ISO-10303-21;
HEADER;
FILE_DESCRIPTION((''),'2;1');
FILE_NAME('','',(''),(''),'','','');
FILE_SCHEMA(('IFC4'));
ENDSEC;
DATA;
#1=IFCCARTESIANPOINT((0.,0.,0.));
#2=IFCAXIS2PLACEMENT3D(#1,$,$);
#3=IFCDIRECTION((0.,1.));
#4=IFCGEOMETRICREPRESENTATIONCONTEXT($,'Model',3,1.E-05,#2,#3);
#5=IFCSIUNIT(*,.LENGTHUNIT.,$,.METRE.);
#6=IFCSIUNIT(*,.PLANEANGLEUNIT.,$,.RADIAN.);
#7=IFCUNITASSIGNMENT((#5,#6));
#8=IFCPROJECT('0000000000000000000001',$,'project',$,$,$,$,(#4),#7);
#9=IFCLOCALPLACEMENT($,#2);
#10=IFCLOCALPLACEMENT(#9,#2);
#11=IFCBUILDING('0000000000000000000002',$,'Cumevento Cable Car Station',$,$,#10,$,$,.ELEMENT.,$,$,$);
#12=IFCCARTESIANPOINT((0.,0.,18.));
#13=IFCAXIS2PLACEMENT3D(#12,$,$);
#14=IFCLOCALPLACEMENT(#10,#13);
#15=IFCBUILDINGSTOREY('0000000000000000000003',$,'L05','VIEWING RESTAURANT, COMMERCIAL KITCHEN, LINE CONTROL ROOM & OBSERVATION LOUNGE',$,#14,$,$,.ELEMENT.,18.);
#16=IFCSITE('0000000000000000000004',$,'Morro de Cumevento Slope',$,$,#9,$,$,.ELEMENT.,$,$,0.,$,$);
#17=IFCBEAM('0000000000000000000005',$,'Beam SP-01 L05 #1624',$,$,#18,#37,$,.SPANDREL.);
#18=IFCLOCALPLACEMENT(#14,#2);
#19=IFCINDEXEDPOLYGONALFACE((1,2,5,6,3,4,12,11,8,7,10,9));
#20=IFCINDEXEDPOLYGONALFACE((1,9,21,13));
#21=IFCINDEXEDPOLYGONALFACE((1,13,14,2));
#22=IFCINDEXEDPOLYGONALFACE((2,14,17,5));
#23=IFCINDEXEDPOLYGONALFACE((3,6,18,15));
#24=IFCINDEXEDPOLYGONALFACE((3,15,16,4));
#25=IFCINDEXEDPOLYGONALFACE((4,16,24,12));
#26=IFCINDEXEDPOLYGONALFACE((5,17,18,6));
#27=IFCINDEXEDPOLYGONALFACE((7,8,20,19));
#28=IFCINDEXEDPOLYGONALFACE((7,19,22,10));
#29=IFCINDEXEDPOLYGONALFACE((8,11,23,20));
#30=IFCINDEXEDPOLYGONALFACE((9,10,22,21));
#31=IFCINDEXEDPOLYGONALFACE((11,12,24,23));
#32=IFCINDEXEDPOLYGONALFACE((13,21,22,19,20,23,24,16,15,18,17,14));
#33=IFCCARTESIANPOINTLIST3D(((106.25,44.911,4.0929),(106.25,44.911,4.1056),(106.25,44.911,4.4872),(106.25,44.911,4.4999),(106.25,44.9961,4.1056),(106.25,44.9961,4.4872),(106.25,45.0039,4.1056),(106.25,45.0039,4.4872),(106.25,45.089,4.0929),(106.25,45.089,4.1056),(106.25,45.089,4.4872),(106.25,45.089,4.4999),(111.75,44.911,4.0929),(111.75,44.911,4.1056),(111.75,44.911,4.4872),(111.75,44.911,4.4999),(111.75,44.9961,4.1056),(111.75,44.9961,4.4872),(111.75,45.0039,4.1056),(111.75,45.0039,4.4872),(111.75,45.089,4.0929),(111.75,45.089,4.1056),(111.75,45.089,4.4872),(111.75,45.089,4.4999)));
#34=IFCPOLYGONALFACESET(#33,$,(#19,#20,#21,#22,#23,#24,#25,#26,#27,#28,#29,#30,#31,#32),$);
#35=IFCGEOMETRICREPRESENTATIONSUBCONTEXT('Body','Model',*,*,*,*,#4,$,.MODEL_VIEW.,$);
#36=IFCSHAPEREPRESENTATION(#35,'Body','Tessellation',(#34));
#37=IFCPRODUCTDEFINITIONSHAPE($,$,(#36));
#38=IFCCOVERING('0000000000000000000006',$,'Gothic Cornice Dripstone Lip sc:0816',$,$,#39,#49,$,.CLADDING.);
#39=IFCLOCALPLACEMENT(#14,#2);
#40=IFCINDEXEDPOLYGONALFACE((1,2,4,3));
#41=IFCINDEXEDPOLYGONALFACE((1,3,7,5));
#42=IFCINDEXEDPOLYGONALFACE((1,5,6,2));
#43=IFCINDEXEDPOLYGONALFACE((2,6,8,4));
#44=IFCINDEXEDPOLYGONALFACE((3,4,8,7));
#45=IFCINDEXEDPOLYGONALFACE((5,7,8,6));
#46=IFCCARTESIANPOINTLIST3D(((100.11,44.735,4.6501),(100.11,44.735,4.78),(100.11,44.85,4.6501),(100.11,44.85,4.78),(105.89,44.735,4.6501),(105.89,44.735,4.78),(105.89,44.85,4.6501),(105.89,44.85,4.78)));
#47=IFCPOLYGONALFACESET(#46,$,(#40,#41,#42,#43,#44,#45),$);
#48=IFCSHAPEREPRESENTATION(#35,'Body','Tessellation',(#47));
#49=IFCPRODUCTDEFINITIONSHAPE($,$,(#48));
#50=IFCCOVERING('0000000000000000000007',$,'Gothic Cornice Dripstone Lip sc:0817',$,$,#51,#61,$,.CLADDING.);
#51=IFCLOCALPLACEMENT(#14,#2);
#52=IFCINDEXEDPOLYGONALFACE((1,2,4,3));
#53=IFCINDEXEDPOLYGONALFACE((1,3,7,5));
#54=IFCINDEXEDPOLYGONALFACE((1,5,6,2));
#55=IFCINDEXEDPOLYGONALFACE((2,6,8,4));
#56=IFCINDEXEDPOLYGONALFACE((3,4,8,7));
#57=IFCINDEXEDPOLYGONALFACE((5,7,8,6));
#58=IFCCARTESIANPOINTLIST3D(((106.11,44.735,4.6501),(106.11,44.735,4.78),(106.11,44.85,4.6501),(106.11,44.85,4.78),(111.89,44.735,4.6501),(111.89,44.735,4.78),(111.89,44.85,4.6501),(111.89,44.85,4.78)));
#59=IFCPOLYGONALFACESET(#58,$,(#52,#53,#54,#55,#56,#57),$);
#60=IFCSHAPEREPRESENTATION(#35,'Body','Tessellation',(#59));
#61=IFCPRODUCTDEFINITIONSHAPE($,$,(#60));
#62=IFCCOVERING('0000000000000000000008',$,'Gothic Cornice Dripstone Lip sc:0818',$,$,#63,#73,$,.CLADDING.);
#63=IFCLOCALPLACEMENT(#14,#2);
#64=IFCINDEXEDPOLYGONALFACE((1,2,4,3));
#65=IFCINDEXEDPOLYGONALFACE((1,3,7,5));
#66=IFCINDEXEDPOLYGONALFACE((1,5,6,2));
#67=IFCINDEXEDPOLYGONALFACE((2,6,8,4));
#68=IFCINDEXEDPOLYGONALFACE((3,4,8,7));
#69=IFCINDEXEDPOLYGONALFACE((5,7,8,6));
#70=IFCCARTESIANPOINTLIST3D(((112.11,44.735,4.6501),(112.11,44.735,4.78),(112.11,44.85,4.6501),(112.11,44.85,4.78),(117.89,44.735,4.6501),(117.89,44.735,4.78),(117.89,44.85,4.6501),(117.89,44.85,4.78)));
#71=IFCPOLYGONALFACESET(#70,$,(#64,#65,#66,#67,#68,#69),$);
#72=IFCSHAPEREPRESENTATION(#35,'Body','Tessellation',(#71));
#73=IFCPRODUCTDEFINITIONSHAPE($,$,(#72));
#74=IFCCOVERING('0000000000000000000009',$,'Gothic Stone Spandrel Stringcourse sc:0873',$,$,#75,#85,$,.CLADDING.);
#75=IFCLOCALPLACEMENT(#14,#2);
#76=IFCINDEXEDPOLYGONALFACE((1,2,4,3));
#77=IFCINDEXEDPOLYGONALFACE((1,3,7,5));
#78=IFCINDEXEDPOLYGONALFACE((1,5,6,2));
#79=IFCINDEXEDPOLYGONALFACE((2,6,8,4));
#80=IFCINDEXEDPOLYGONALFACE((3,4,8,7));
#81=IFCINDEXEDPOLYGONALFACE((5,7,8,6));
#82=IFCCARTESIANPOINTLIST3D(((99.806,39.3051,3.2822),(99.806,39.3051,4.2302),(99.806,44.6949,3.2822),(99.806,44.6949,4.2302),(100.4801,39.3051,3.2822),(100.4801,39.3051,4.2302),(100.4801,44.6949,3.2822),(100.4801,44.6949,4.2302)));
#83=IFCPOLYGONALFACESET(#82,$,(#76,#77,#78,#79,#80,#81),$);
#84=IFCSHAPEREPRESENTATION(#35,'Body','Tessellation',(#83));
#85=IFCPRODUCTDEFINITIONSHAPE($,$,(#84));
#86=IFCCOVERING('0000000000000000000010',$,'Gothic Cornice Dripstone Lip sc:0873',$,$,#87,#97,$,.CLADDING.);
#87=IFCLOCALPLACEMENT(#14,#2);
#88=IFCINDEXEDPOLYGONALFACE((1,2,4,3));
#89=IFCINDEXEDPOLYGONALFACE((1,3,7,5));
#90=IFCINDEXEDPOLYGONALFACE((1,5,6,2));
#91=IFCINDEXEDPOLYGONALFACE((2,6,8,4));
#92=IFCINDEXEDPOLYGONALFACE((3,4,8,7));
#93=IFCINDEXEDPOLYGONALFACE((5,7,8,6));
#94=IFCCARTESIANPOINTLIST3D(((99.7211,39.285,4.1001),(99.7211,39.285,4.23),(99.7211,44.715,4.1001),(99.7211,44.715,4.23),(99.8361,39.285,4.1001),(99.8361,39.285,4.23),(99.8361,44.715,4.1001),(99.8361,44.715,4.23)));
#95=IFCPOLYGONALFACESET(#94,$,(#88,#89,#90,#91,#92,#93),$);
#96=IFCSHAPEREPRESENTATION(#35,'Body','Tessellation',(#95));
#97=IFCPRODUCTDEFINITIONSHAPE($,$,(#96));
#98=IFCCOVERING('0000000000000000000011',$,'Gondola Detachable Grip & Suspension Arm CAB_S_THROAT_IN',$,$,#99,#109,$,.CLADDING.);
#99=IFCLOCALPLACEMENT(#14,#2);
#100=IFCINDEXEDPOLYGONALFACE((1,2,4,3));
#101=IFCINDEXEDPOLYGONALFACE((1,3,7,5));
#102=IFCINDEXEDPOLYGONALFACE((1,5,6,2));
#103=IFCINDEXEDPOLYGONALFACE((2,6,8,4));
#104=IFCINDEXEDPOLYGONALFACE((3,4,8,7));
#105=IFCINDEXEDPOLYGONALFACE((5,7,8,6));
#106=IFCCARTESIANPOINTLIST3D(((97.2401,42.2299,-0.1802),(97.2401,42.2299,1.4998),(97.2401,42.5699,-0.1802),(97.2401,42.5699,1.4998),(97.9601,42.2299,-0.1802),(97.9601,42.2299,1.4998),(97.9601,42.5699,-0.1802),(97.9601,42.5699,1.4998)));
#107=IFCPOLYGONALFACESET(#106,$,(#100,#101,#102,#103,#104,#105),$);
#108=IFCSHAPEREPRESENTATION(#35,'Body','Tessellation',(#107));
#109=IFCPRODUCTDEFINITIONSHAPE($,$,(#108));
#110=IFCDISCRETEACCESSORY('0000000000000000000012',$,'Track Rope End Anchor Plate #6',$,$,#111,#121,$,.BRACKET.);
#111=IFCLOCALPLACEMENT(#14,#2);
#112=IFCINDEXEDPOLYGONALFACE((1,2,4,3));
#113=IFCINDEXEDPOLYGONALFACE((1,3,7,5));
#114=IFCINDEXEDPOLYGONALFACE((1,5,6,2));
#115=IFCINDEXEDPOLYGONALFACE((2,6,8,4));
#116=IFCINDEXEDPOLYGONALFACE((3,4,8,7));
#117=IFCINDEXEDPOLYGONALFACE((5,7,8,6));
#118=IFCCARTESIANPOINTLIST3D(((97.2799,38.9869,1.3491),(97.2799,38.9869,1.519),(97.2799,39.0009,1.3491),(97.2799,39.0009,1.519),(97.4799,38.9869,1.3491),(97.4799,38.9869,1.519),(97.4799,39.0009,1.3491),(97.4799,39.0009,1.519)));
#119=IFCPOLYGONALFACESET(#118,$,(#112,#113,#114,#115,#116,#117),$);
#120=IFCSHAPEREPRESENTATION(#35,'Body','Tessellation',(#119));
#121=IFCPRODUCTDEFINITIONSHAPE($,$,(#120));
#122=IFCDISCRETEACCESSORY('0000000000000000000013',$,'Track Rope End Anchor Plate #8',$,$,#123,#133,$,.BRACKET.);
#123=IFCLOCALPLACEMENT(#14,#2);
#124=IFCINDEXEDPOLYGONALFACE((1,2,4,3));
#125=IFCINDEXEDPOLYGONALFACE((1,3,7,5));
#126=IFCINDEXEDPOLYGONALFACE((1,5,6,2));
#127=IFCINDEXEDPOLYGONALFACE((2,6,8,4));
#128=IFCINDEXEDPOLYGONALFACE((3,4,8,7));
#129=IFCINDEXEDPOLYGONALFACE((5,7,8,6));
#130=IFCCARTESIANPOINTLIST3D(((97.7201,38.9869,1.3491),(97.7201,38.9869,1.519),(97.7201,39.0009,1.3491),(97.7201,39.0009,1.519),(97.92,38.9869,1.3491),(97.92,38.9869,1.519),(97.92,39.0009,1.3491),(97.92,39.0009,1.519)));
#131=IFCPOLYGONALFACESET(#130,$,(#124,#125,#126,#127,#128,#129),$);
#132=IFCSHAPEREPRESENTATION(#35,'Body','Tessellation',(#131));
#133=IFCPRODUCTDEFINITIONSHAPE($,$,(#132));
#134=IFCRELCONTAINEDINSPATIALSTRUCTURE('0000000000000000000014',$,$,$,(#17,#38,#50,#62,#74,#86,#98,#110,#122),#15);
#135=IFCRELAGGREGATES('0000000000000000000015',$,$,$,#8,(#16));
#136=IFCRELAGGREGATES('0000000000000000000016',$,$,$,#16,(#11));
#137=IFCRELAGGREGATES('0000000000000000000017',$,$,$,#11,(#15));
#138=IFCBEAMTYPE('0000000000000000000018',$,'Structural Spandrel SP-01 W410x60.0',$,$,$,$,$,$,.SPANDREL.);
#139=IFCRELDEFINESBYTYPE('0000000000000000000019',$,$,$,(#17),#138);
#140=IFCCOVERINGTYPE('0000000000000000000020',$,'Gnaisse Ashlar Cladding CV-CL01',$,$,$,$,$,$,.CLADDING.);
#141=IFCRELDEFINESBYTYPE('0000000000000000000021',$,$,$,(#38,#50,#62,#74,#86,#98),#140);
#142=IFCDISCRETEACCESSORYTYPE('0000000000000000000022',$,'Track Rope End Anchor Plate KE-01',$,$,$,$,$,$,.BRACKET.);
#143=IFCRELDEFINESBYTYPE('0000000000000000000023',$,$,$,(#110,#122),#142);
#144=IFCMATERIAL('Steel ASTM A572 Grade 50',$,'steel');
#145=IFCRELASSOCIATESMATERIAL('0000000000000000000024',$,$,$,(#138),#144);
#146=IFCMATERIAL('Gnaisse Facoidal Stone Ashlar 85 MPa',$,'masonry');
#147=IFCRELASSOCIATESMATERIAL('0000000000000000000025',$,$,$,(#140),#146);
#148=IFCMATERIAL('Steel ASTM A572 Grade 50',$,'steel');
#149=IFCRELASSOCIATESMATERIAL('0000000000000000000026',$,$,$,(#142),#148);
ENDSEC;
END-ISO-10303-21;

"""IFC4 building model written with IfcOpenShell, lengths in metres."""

from ifc_helpers import new_model, si_unit, direction, frame, origin, origin_2d, place, context, subcontext, project, spatial, rectangle, i_section, extrude, material, material_profile, profile_set, type_object, element, save


model = new_model("IFC4")

# Units and contexts
model_context = context("Model", 3, precision=1e-05, world=origin(), true_north=direction((0.0, 1.0)))
body_context = subcontext(model_context, "Body", "Model", "MODEL_VIEW")
ifc_project = project(units=[si_unit("LENGTHUNIT", "METRE"), si_unit("PLANEANGLEUNIT", "RADIAN")], contexts=[model_context])

# Site, building, storey
site_placement = place(None, origin())
site = spatial("IfcSite", under=ifc_project, at=site_placement, Name="Morro de Cumevento Slope", CompositionType="ELEMENT", RefElevation=0.0)
building_placement = place(site_placement, origin())
building = spatial("IfcBuilding", under=site, at=building_placement, Name="Cumevento Cable Car Station", CompositionType="ELEMENT")
storey_placement = place(building_placement, frame((0.0, 0.0, 18.0)))
storey = spatial("IfcBuildingStorey", under=building, at=storey_placement, Name="L05", Description="VIEWING RESTAURANT, COMMERCIAL KITCHEN, LINE CONTROL ROOM & OBSERVATION LOUNGE", CompositionType="ELEMENT", Elevation=18.0)

# Beam
ifc_material_1 = material(Name="Steel ASTM A572 Grade 50", Category="steel")
ifc_material_profile_1 = material_profile(ifc_material_1, i_section(OverallWidth=0.178, OverallDepth=0.407, WebThickness=0.0078, FlangeThickness=0.0127, at=origin_2d()), Name="W410x60.0")
ifc_profile_set_1 = profile_set([ifc_material_profile_1], Name="Steel ASTM A572 Grade 50")
beam_type_1 = type_object("IfcBeamType", Name="Structural Spandrel SP-01 W410x60.0", PredefinedType="SPANDREL", material=ifc_profile_set_1)
for number, where, z_axis, x_axis, name in (
    (1, (106.25, 45.0, 4.2964), (1.0, 0.0, 0.0), (0.0, 1.0, 0.0), "Beam SP-01 L05 #1624"),
):
    element("IfcBeam", number, at=place(storey_placement, frame(where, z_axis=z_axis, x_axis=x_axis)), inside=storey, type_object=beam_type_1, Name=name, PredefinedType="SPANDREL", context=body_context, shape_type="SweptSolid", body=[
        extrude(i_section(OverallWidth=0.178, OverallDepth=0.407, WebThickness=0.0078, FlangeThickness=0.0127, at=origin_2d()), origin(), (0.0, 0.0, 1.0), 5.5),
    ])

# Coverings
ifc_material_2 = material(Name="Gnaisse Facoidal Stone Ashlar 85 MPa", Category="masonry")
covering_type = type_object("IfcCoveringType", Name="Gnaisse Ashlar Cladding CV-CL01", PredefinedType="CLADDING", material=ifc_material_2)
for number, where, z_axis, x_axis, name in (
    (2, (103.0, 44.7925, 4.6501), (0.0, 0.0, 1.0), (-1.0, 0.0, 0.0), "Gothic Cornice Dripstone Lip sc:0816"),
    (3, (109.0, 44.7925, 4.6501), (0.0, 0.0, 1.0), (-1.0, 0.0, 0.0), "Gothic Cornice Dripstone Lip sc:0817"),
    (4, (115.0, 44.7925, 4.6501), (0.0, 0.0, 1.0), (-1.0, 0.0, 0.0), "Gothic Cornice Dripstone Lip sc:0818"),
):
    element("IfcCovering", number, at=place(storey_placement, frame(where, z_axis=z_axis, x_axis=x_axis)), inside=storey, type_object=covering_type, Name=name, PredefinedType="CLADDING", context=body_context, shape_type="SweptSolid", body=[
        extrude(rectangle(XDim=5.78, YDim=0.115, at=origin_2d()), origin(), (0.0, 0.0, 1.0), 0.1299),
    ])
covering_1_placement = place(storey_placement, frame((100.1431, 42.0, 3.2822), z_axis=(0.0, 0.0, 1.0), x_axis=(0.0, 1.0, 0.0)))
element("IfcCovering", 5, at=covering_1_placement, inside=storey, type_object=covering_type, Name="Gothic Stone Spandrel Stringcourse sc:0873", PredefinedType="CLADDING", context=body_context, shape_type="SweptSolid", body=[
    extrude(rectangle(XDim=5.3899, YDim=0.6741, at=origin_2d()), origin(), (0.0, 0.0, 1.0), 0.948),
])
covering_2_placement = place(storey_placement, frame((99.7786, 42.0, 4.1001), z_axis=(0.0, 0.0, 1.0), x_axis=(0.0, 1.0, 0.0)))
element("IfcCovering", 6, at=covering_2_placement, inside=storey, type_object=covering_type, Name="Gothic Cornice Dripstone Lip sc:0873", PredefinedType="CLADDING", context=body_context, shape_type="SweptSolid", body=[
    extrude(rectangle(XDim=5.4299, YDim=0.115, at=origin_2d()), origin(), (0.0, 0.0, 1.0), 0.1299),
])
covering_3_placement = place(storey_placement, frame((97.6001, 42.3999, -0.1802), z_axis=(0.0, 0.0, 1.0), x_axis=(1.0, 0.0, 0.0)))
element("IfcCovering", 7, at=covering_3_placement, inside=storey, type_object=covering_type, Name="Gondola Detachable Grip & Suspension Arm CAB_S_THROAT_IN", PredefinedType="CLADDING", context=body_context, shape_type="SweptSolid", body=[
    extrude(rectangle(XDim=0.72, YDim=0.3401, at=origin_2d()), origin(), (0.0, 0.0, 1.0), 1.6799),
])

# Discrete accessories
ifc_material_3 = material(Name="Steel ASTM A572 Grade 50", Category="steel")
discrete_accessory_type = type_object("IfcDiscreteAccessoryType", Name="Track Rope End Anchor Plate KE-01", PredefinedType="BRACKET", material=ifc_material_3)
for number, where, z_axis, x_axis, name in (
    (8, (97.3799, 38.9939, 1.3491), (0.0, 0.0, 1.0), (0.0, -1.0, 0.0), "Track Rope End Anchor Plate #6"),
    (9, (97.8201, 38.9939, 1.3491), (0.0, 0.0, 1.0), (0.0, -1.0, 0.0), "Track Rope End Anchor Plate #8"),
):
    element("IfcDiscreteAccessory", number, at=place(storey_placement, frame(where, z_axis=z_axis, x_axis=x_axis)), inside=storey, type_object=discrete_accessory_type, Name=name, PredefinedType="BRACKET", context=body_context, shape_type="SweptSolid", body=[
        extrude(rectangle(XDim=0.0139, YDim=0.2, at=origin_2d()), origin(), (0.0, 0.0, 1.0), 0.1699),
    ])

save(model, "model.ifc")
